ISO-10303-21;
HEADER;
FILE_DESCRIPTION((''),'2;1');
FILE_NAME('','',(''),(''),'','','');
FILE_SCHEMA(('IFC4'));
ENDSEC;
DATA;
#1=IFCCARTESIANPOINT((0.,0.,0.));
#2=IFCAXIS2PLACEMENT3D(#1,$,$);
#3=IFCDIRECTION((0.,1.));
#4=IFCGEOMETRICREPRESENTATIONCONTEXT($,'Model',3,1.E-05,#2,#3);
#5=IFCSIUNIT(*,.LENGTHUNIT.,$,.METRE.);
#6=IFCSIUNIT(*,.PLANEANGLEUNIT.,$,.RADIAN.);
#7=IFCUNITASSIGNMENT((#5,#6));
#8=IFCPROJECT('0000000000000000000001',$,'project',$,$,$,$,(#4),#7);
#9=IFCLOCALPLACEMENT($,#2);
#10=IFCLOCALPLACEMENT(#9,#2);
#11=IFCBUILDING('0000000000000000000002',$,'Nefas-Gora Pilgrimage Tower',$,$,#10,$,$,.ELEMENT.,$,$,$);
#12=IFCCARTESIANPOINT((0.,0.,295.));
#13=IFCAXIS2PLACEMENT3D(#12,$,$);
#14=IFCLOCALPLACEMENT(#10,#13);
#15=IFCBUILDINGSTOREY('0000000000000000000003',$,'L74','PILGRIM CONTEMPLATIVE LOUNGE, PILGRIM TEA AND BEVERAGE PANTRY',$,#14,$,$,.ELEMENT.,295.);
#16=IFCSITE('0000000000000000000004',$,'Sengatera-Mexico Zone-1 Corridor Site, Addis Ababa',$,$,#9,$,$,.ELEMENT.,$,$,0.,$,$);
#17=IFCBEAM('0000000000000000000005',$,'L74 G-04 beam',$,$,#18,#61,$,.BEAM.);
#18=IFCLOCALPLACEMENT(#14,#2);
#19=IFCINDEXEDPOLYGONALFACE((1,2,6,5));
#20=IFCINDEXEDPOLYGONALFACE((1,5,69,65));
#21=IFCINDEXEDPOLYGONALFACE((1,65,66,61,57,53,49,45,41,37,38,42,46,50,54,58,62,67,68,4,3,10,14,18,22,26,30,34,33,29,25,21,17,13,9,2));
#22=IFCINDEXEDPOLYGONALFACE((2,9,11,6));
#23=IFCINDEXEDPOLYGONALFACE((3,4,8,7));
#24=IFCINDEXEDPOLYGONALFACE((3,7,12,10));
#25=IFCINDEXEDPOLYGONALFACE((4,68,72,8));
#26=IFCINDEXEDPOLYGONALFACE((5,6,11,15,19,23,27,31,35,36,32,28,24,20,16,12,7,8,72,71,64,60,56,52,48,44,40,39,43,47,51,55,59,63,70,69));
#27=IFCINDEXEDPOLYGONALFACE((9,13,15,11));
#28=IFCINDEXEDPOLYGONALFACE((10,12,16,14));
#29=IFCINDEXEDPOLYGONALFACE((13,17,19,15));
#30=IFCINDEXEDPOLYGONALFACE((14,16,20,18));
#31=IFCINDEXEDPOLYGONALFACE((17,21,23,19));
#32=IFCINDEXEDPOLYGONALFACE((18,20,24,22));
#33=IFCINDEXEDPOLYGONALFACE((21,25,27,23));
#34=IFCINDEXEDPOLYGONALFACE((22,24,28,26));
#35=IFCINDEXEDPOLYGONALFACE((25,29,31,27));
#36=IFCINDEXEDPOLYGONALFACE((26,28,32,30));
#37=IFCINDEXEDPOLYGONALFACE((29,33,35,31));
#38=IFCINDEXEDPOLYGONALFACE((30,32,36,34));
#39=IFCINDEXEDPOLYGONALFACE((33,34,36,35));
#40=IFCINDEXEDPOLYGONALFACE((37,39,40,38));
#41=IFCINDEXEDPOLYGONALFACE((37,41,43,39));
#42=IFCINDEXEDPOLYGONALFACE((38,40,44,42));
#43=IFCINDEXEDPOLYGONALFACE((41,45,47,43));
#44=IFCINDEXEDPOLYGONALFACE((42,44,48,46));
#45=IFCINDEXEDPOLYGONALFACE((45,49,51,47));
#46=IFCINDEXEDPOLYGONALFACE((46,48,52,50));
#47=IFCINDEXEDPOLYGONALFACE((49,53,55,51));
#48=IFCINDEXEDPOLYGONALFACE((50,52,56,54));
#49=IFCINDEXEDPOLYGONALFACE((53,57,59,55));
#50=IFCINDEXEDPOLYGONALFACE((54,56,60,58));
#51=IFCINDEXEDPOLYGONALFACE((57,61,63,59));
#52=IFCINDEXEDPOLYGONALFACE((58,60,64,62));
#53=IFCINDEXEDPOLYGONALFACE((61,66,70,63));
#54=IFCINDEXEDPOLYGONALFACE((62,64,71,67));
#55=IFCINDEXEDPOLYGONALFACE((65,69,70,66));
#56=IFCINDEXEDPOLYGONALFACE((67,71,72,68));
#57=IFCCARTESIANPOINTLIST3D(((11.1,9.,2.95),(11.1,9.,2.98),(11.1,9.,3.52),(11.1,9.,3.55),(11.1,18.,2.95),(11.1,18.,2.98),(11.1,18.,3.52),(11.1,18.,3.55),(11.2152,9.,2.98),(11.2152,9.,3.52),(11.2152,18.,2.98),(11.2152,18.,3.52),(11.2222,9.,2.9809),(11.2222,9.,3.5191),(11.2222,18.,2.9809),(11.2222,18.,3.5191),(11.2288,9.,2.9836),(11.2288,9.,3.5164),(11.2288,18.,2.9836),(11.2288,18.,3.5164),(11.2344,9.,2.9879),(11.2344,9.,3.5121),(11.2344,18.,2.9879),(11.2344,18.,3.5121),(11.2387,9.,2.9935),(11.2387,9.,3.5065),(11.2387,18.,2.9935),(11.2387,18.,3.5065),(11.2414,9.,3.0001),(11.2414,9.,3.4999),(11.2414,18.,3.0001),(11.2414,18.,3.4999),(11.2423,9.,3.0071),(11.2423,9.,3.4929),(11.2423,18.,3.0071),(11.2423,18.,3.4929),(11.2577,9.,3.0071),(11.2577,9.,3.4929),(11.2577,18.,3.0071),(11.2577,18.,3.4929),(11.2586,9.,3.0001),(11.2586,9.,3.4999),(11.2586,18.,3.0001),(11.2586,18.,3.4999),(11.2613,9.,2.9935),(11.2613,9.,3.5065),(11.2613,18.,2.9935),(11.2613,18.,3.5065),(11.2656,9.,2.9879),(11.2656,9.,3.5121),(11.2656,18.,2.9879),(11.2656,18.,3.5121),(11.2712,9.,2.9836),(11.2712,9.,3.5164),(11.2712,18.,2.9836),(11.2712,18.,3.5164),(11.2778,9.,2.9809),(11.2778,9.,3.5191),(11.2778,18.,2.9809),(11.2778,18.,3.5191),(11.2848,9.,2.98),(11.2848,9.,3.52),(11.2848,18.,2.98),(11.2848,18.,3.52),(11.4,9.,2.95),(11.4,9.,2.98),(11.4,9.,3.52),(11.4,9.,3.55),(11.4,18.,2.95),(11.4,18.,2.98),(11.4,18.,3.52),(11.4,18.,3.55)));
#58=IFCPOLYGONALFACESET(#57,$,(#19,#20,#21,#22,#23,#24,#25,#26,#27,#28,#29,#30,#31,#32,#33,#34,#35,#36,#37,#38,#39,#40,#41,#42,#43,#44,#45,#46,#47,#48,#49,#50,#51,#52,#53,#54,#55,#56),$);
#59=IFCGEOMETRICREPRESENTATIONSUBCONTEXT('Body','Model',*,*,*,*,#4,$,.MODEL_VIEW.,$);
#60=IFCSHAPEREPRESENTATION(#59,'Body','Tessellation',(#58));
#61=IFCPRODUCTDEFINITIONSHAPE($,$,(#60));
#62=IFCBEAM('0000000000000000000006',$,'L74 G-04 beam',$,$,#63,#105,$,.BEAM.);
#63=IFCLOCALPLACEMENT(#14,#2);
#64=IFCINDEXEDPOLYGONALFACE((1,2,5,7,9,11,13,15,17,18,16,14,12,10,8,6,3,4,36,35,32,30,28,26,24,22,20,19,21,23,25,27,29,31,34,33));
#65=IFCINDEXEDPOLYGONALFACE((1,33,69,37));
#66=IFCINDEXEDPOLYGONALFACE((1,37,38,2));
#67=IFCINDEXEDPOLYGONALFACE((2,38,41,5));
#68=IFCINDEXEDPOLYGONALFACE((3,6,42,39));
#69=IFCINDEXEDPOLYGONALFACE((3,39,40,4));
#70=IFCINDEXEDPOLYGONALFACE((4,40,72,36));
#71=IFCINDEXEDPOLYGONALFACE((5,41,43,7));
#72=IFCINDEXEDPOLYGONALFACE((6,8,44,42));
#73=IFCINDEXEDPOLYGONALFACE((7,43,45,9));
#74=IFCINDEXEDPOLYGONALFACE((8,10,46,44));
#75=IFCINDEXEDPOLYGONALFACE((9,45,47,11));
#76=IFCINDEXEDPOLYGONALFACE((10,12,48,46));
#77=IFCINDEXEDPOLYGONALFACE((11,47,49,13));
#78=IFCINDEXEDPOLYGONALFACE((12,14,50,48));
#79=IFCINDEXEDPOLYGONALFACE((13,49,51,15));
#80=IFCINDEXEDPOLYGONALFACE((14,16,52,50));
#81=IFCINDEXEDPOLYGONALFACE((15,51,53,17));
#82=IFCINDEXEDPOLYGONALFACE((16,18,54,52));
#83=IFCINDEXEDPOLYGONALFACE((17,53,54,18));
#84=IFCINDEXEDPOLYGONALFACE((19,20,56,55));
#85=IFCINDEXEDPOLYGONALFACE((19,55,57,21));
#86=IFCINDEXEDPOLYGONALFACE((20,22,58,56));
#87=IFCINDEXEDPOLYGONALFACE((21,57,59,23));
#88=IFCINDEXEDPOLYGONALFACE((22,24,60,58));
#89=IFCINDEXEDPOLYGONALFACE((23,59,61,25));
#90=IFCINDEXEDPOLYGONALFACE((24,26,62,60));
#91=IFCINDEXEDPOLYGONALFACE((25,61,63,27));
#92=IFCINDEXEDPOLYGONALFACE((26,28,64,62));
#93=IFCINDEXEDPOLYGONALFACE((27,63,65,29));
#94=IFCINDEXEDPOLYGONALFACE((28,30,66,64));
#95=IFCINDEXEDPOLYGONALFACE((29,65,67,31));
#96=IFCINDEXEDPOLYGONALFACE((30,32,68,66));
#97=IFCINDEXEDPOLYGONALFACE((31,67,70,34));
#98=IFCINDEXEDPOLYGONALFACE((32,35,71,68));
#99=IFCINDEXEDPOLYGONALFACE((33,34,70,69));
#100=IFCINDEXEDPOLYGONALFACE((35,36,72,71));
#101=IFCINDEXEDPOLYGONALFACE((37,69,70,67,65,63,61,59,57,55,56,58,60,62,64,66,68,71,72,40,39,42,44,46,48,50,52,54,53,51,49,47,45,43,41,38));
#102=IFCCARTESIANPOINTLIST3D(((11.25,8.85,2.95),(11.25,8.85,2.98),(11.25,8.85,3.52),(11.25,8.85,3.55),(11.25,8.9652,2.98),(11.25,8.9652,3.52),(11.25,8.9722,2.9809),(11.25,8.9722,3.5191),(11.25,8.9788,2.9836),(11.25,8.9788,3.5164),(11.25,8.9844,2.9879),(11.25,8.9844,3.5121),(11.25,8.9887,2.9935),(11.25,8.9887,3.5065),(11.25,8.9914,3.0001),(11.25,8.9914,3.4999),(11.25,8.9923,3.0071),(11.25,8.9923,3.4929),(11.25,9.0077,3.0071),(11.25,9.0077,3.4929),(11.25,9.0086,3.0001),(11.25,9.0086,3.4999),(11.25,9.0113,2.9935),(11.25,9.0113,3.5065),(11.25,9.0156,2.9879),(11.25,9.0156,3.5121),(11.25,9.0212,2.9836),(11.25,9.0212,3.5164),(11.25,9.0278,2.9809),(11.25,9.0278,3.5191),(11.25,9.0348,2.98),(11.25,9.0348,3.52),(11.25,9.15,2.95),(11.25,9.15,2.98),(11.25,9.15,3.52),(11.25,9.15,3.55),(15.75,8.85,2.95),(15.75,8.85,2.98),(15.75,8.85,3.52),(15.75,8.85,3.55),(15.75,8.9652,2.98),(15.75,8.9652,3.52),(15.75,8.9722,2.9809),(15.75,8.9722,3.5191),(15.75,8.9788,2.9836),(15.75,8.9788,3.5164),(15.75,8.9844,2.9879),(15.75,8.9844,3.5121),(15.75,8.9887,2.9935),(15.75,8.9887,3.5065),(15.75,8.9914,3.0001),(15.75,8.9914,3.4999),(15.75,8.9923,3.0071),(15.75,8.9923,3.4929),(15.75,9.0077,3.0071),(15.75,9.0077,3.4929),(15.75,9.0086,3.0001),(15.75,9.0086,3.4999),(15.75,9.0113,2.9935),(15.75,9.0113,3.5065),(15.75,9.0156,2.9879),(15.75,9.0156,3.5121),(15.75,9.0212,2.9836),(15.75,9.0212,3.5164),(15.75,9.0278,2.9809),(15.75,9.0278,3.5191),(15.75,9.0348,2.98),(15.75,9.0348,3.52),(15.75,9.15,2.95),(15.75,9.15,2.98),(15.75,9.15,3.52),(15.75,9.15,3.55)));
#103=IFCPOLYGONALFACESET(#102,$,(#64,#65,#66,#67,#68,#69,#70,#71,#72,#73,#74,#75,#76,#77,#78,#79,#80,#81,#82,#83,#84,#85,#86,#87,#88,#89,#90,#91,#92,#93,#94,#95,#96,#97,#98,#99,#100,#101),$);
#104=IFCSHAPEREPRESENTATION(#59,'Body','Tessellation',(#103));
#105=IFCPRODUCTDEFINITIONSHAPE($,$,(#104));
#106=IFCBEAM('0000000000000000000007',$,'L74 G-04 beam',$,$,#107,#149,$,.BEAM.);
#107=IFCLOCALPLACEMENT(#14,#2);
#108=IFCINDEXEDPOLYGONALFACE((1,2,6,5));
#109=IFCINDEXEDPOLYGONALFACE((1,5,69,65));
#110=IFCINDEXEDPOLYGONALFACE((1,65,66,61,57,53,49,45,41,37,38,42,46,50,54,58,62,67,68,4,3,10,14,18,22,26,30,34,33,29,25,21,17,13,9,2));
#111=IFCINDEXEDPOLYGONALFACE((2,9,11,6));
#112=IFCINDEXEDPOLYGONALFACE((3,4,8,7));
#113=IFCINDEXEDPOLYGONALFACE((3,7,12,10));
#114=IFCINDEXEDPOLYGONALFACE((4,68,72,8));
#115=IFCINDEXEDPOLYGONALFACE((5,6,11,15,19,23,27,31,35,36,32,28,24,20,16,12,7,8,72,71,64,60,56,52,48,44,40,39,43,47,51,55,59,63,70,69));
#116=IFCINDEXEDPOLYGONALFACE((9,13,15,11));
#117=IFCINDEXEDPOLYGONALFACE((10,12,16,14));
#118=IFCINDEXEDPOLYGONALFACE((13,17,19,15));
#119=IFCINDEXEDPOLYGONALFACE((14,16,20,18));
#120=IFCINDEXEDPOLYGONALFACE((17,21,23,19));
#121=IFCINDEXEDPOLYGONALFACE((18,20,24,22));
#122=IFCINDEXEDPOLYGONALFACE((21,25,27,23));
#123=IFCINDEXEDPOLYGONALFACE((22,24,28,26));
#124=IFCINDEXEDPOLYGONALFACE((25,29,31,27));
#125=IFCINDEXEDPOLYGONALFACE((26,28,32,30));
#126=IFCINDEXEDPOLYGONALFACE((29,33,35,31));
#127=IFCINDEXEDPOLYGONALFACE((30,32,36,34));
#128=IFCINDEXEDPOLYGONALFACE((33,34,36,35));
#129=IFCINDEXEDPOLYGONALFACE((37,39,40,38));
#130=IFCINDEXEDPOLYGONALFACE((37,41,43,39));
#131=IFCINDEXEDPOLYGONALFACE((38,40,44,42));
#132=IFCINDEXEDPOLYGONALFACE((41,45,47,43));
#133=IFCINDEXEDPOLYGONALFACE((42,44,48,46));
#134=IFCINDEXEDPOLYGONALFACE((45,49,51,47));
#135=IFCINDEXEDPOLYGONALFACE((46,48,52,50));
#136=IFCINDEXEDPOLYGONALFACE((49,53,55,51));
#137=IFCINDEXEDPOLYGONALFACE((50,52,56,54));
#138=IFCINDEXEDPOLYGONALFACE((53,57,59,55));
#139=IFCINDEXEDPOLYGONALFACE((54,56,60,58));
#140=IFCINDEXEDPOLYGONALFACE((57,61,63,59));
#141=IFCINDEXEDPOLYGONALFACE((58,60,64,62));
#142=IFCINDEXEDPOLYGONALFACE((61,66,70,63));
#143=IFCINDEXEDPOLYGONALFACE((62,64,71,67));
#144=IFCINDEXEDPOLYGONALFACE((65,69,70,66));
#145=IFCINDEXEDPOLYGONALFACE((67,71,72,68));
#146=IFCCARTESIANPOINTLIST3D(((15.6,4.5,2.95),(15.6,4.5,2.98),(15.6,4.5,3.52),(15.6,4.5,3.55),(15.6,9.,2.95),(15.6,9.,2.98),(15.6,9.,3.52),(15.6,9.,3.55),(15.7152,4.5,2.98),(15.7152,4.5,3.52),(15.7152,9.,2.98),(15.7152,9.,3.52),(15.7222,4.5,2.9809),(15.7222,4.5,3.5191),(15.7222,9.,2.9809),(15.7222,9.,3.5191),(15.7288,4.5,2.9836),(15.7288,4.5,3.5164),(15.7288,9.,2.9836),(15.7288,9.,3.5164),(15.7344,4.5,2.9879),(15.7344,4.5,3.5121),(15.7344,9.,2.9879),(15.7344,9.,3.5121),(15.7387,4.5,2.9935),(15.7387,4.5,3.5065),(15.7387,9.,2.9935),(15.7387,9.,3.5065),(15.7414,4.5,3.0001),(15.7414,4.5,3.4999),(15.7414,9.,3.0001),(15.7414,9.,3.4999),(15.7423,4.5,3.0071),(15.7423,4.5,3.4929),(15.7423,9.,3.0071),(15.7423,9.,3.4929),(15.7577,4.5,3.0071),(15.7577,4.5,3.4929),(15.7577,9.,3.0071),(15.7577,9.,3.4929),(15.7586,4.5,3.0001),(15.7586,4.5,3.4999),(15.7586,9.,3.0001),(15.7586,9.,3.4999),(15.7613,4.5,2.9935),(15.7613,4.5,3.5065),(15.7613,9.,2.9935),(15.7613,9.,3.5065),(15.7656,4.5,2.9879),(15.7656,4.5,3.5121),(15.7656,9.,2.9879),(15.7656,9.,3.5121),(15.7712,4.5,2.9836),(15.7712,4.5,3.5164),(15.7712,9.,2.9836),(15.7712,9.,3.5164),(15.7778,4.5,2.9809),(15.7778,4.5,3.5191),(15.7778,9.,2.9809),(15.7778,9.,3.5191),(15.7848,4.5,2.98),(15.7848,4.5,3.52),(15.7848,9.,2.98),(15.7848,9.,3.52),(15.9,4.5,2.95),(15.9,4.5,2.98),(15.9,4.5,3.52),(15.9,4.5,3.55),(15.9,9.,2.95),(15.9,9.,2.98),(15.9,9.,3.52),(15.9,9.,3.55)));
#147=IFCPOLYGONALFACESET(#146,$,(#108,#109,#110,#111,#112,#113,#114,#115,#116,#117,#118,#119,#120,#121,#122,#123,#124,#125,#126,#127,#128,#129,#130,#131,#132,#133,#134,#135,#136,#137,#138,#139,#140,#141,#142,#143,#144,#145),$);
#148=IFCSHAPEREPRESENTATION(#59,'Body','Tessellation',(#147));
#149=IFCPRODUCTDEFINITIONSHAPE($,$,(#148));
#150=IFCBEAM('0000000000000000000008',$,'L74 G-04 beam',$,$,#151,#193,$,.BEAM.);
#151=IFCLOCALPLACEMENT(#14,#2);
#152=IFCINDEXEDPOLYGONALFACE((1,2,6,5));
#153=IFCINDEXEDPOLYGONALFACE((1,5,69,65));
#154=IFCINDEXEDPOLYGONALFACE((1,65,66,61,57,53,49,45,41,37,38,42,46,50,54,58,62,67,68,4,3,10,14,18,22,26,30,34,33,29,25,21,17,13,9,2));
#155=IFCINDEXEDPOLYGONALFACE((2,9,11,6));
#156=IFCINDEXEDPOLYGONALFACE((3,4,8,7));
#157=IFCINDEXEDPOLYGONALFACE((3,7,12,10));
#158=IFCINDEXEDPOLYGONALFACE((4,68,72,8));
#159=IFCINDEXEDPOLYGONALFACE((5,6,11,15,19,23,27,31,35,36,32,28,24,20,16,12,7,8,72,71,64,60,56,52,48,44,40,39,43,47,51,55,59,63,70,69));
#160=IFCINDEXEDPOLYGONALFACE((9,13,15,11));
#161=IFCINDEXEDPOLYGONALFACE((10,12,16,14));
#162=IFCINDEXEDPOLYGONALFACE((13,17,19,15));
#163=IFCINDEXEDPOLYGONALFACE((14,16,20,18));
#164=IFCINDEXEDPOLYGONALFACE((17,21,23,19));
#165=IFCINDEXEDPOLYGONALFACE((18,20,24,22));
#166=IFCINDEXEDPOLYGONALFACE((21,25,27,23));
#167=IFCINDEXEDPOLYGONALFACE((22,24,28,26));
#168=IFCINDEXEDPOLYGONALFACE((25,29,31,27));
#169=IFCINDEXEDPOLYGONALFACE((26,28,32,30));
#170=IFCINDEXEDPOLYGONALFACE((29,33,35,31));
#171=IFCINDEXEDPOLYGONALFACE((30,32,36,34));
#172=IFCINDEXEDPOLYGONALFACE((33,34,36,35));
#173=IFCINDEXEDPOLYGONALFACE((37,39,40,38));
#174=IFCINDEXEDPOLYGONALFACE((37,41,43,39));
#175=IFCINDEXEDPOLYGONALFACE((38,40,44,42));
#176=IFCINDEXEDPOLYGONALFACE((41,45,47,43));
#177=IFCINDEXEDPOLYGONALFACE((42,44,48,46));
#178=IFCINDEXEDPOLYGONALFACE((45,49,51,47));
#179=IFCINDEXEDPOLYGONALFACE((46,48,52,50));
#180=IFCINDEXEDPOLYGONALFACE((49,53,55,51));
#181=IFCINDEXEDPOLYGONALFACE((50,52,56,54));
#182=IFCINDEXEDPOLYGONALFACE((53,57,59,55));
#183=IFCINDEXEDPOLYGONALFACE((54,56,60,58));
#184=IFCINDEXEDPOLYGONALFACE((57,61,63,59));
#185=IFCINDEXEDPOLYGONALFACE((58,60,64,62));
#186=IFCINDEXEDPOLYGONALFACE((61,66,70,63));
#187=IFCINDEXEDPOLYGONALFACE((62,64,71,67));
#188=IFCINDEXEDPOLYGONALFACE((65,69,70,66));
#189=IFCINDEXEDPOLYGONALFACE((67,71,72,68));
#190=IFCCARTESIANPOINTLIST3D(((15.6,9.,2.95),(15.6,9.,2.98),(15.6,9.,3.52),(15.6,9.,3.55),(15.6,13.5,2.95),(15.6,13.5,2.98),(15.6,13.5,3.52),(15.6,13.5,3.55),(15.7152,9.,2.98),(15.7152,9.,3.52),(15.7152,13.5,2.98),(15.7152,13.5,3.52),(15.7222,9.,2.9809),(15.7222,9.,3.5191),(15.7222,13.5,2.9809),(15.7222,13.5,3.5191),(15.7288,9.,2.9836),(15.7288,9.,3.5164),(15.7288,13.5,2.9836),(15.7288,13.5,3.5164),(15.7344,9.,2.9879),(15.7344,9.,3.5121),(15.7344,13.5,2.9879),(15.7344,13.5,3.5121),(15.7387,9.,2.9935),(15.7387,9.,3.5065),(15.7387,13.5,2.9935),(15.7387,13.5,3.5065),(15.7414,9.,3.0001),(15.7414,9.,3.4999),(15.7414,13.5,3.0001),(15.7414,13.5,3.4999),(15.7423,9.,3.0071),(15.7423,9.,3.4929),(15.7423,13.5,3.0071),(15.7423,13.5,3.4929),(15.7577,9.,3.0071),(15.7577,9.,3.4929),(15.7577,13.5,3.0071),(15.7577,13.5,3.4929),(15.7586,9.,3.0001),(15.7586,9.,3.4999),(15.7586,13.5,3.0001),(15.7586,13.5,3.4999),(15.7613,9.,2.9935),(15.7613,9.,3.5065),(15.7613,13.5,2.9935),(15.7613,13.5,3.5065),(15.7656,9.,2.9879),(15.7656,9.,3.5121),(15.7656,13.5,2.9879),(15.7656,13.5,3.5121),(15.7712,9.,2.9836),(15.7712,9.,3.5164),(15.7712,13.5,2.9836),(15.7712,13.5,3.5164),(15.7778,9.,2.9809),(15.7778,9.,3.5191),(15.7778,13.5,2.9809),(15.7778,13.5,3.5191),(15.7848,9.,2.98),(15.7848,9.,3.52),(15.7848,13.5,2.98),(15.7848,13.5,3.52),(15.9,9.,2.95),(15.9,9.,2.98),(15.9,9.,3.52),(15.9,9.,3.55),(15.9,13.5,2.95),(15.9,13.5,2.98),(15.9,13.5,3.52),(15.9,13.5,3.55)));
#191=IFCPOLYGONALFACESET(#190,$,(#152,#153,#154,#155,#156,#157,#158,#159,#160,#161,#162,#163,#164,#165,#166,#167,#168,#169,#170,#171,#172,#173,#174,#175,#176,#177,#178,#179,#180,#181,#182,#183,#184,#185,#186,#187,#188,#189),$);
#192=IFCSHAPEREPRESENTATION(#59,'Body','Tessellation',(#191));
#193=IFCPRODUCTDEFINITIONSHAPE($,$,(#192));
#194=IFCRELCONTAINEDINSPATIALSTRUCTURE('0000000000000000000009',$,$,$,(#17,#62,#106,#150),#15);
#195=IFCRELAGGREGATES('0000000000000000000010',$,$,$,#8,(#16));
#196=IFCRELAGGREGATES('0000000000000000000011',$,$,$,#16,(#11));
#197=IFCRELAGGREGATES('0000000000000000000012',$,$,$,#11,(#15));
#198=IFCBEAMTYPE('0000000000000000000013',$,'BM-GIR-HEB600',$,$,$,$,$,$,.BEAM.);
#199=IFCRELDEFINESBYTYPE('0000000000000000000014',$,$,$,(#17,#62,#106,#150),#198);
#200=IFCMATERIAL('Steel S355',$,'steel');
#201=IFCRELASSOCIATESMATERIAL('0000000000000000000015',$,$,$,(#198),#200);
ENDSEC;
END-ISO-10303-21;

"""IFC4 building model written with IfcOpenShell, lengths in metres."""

from ifc_helpers import new_model, si_unit, direction, frame, origin, origin_2d, place, context, subcontext, project, spatial, i_section, extrude, source, transform, mapped, material, material_profile, profile_set, type_object, element, save


model = new_model("IFC4")

# Units and contexts
model_context = context("Model", 3, precision=1e-05, world=origin(), true_north=direction((0.0, 1.0)))
body_context = subcontext(model_context, "Body", "Model", "MODEL_VIEW")
ifc_project = project(units=[si_unit("LENGTHUNIT", "METRE"), si_unit("PLANEANGLEUNIT", "RADIAN")], contexts=[model_context])

# Site, building, storey
site_placement = place(None, origin())
site = spatial("IfcSite", under=ifc_project, at=site_placement, Name="Sengatera-Mexico Zone-1 Corridor Site, Addis Ababa", CompositionType="ELEMENT", RefElevation=0.0)
building_placement = place(site_placement, origin())
building = spatial("IfcBuilding", under=site, at=building_placement, Name="Nefas-Gora Pilgrimage Tower", CompositionType="ELEMENT")
storey_placement = place(building_placement, frame((0.0, 0.0, 295.0)))
storey = spatial("IfcBuildingStorey", under=building, at=storey_placement, Name="L74", Description="PILGRIM CONTEMPLATIVE LOUNGE, PILGRIM TEA AND BEVERAGE PANTRY", CompositionType="ELEMENT", Elevation=295.0)

# Shared definitions
ifc_material_1 = material(Name="Steel S355", Category="steel")

# Beams
ifc_material_profile_1 = material_profile(ifc_material_1, i_section(OverallWidth=0.3, OverallDepth=0.6001, WebThickness=0.0154, FlangeThickness=0.03, FilletRadius=0.0271, at=origin_2d()), Name="HEB 600")
ifc_profile_set_1 = profile_set([ifc_material_profile_1], Name="Steel S355")
beam_type_1 = type_object("IfcBeamType", Name="BM-GIR-HEB600", PredefinedType="BEAM", material=ifc_profile_set_1)
shared_shape_1 = source(origin(), body_context, "Body", "SweptSolid", [
    extrude(i_section(OverallWidth=0.3, OverallDepth=0.6001, WebThickness=0.0154, FlangeThickness=0.03, FilletRadius=0.0271, at=origin_2d()), origin(), (0.0, 0.0, 1.0), 9.0),
])
beam_1_placement = place(storey_placement, frame((11.25, 9.0, 3.25), z_axis=(0.0, 1.0, 0.0), x_axis=(-1.0, 0.0, 0.0)))
element("IfcBeam", 1, at=beam_1_placement, inside=storey, type_object=beam_type_1, Name="L74 G-04 beam", PredefinedType="BEAM", context=body_context, shape_type="MappedRepresentation", body=[
    mapped(shared_shape_1, transform((0.0, 0.0, 0.0), x_axis=(1.0, 0.0, 0.0), y_axis=(0.0, 1.0, 0.0), z_axis=(0.0, 0.0, 1.0), scale=1.0)),
])
shared_shape_2 = source(origin(), body_context, "Body", "SweptSolid", [
    extrude(i_section(OverallWidth=0.3, OverallDepth=0.6001, WebThickness=0.0154, FlangeThickness=0.03, FilletRadius=0.0271, at=origin_2d()), origin(), (0.0, 0.0, 1.0), 4.5),
])
for number, where, z_axis, x_axis, name in (
    (2, (11.25, 9.0, 3.25), (1.0, 0.0, 0.0), (0.0, 1.0, 0.0), "L74 G-04 beam"),
    (3, (15.75, 4.5, 3.25), (0.0, 1.0, 0.0), (-1.0, 0.0, 0.0), "L74 G-04 beam"),
    (4, (15.75, 9.0, 3.25), (0.0, 1.0, 0.0), (-1.0, 0.0, 0.0), "L74 G-04 beam"),
):
    element("IfcBeam", number, at=place(storey_placement, frame(where, z_axis=z_axis, x_axis=x_axis)), inside=storey, type_object=beam_type_1, Name=name, PredefinedType="BEAM", context=body_context, shape_type="MappedRepresentation", body=[
        mapped(shared_shape_2, transform((0.0, 0.0, 0.0), x_axis=(1.0, 0.0, 0.0), y_axis=(0.0, 1.0, 0.0), z_axis=(0.0, 0.0, 1.0), scale=1.0)),
    ])

save(model, "model.ifc")
